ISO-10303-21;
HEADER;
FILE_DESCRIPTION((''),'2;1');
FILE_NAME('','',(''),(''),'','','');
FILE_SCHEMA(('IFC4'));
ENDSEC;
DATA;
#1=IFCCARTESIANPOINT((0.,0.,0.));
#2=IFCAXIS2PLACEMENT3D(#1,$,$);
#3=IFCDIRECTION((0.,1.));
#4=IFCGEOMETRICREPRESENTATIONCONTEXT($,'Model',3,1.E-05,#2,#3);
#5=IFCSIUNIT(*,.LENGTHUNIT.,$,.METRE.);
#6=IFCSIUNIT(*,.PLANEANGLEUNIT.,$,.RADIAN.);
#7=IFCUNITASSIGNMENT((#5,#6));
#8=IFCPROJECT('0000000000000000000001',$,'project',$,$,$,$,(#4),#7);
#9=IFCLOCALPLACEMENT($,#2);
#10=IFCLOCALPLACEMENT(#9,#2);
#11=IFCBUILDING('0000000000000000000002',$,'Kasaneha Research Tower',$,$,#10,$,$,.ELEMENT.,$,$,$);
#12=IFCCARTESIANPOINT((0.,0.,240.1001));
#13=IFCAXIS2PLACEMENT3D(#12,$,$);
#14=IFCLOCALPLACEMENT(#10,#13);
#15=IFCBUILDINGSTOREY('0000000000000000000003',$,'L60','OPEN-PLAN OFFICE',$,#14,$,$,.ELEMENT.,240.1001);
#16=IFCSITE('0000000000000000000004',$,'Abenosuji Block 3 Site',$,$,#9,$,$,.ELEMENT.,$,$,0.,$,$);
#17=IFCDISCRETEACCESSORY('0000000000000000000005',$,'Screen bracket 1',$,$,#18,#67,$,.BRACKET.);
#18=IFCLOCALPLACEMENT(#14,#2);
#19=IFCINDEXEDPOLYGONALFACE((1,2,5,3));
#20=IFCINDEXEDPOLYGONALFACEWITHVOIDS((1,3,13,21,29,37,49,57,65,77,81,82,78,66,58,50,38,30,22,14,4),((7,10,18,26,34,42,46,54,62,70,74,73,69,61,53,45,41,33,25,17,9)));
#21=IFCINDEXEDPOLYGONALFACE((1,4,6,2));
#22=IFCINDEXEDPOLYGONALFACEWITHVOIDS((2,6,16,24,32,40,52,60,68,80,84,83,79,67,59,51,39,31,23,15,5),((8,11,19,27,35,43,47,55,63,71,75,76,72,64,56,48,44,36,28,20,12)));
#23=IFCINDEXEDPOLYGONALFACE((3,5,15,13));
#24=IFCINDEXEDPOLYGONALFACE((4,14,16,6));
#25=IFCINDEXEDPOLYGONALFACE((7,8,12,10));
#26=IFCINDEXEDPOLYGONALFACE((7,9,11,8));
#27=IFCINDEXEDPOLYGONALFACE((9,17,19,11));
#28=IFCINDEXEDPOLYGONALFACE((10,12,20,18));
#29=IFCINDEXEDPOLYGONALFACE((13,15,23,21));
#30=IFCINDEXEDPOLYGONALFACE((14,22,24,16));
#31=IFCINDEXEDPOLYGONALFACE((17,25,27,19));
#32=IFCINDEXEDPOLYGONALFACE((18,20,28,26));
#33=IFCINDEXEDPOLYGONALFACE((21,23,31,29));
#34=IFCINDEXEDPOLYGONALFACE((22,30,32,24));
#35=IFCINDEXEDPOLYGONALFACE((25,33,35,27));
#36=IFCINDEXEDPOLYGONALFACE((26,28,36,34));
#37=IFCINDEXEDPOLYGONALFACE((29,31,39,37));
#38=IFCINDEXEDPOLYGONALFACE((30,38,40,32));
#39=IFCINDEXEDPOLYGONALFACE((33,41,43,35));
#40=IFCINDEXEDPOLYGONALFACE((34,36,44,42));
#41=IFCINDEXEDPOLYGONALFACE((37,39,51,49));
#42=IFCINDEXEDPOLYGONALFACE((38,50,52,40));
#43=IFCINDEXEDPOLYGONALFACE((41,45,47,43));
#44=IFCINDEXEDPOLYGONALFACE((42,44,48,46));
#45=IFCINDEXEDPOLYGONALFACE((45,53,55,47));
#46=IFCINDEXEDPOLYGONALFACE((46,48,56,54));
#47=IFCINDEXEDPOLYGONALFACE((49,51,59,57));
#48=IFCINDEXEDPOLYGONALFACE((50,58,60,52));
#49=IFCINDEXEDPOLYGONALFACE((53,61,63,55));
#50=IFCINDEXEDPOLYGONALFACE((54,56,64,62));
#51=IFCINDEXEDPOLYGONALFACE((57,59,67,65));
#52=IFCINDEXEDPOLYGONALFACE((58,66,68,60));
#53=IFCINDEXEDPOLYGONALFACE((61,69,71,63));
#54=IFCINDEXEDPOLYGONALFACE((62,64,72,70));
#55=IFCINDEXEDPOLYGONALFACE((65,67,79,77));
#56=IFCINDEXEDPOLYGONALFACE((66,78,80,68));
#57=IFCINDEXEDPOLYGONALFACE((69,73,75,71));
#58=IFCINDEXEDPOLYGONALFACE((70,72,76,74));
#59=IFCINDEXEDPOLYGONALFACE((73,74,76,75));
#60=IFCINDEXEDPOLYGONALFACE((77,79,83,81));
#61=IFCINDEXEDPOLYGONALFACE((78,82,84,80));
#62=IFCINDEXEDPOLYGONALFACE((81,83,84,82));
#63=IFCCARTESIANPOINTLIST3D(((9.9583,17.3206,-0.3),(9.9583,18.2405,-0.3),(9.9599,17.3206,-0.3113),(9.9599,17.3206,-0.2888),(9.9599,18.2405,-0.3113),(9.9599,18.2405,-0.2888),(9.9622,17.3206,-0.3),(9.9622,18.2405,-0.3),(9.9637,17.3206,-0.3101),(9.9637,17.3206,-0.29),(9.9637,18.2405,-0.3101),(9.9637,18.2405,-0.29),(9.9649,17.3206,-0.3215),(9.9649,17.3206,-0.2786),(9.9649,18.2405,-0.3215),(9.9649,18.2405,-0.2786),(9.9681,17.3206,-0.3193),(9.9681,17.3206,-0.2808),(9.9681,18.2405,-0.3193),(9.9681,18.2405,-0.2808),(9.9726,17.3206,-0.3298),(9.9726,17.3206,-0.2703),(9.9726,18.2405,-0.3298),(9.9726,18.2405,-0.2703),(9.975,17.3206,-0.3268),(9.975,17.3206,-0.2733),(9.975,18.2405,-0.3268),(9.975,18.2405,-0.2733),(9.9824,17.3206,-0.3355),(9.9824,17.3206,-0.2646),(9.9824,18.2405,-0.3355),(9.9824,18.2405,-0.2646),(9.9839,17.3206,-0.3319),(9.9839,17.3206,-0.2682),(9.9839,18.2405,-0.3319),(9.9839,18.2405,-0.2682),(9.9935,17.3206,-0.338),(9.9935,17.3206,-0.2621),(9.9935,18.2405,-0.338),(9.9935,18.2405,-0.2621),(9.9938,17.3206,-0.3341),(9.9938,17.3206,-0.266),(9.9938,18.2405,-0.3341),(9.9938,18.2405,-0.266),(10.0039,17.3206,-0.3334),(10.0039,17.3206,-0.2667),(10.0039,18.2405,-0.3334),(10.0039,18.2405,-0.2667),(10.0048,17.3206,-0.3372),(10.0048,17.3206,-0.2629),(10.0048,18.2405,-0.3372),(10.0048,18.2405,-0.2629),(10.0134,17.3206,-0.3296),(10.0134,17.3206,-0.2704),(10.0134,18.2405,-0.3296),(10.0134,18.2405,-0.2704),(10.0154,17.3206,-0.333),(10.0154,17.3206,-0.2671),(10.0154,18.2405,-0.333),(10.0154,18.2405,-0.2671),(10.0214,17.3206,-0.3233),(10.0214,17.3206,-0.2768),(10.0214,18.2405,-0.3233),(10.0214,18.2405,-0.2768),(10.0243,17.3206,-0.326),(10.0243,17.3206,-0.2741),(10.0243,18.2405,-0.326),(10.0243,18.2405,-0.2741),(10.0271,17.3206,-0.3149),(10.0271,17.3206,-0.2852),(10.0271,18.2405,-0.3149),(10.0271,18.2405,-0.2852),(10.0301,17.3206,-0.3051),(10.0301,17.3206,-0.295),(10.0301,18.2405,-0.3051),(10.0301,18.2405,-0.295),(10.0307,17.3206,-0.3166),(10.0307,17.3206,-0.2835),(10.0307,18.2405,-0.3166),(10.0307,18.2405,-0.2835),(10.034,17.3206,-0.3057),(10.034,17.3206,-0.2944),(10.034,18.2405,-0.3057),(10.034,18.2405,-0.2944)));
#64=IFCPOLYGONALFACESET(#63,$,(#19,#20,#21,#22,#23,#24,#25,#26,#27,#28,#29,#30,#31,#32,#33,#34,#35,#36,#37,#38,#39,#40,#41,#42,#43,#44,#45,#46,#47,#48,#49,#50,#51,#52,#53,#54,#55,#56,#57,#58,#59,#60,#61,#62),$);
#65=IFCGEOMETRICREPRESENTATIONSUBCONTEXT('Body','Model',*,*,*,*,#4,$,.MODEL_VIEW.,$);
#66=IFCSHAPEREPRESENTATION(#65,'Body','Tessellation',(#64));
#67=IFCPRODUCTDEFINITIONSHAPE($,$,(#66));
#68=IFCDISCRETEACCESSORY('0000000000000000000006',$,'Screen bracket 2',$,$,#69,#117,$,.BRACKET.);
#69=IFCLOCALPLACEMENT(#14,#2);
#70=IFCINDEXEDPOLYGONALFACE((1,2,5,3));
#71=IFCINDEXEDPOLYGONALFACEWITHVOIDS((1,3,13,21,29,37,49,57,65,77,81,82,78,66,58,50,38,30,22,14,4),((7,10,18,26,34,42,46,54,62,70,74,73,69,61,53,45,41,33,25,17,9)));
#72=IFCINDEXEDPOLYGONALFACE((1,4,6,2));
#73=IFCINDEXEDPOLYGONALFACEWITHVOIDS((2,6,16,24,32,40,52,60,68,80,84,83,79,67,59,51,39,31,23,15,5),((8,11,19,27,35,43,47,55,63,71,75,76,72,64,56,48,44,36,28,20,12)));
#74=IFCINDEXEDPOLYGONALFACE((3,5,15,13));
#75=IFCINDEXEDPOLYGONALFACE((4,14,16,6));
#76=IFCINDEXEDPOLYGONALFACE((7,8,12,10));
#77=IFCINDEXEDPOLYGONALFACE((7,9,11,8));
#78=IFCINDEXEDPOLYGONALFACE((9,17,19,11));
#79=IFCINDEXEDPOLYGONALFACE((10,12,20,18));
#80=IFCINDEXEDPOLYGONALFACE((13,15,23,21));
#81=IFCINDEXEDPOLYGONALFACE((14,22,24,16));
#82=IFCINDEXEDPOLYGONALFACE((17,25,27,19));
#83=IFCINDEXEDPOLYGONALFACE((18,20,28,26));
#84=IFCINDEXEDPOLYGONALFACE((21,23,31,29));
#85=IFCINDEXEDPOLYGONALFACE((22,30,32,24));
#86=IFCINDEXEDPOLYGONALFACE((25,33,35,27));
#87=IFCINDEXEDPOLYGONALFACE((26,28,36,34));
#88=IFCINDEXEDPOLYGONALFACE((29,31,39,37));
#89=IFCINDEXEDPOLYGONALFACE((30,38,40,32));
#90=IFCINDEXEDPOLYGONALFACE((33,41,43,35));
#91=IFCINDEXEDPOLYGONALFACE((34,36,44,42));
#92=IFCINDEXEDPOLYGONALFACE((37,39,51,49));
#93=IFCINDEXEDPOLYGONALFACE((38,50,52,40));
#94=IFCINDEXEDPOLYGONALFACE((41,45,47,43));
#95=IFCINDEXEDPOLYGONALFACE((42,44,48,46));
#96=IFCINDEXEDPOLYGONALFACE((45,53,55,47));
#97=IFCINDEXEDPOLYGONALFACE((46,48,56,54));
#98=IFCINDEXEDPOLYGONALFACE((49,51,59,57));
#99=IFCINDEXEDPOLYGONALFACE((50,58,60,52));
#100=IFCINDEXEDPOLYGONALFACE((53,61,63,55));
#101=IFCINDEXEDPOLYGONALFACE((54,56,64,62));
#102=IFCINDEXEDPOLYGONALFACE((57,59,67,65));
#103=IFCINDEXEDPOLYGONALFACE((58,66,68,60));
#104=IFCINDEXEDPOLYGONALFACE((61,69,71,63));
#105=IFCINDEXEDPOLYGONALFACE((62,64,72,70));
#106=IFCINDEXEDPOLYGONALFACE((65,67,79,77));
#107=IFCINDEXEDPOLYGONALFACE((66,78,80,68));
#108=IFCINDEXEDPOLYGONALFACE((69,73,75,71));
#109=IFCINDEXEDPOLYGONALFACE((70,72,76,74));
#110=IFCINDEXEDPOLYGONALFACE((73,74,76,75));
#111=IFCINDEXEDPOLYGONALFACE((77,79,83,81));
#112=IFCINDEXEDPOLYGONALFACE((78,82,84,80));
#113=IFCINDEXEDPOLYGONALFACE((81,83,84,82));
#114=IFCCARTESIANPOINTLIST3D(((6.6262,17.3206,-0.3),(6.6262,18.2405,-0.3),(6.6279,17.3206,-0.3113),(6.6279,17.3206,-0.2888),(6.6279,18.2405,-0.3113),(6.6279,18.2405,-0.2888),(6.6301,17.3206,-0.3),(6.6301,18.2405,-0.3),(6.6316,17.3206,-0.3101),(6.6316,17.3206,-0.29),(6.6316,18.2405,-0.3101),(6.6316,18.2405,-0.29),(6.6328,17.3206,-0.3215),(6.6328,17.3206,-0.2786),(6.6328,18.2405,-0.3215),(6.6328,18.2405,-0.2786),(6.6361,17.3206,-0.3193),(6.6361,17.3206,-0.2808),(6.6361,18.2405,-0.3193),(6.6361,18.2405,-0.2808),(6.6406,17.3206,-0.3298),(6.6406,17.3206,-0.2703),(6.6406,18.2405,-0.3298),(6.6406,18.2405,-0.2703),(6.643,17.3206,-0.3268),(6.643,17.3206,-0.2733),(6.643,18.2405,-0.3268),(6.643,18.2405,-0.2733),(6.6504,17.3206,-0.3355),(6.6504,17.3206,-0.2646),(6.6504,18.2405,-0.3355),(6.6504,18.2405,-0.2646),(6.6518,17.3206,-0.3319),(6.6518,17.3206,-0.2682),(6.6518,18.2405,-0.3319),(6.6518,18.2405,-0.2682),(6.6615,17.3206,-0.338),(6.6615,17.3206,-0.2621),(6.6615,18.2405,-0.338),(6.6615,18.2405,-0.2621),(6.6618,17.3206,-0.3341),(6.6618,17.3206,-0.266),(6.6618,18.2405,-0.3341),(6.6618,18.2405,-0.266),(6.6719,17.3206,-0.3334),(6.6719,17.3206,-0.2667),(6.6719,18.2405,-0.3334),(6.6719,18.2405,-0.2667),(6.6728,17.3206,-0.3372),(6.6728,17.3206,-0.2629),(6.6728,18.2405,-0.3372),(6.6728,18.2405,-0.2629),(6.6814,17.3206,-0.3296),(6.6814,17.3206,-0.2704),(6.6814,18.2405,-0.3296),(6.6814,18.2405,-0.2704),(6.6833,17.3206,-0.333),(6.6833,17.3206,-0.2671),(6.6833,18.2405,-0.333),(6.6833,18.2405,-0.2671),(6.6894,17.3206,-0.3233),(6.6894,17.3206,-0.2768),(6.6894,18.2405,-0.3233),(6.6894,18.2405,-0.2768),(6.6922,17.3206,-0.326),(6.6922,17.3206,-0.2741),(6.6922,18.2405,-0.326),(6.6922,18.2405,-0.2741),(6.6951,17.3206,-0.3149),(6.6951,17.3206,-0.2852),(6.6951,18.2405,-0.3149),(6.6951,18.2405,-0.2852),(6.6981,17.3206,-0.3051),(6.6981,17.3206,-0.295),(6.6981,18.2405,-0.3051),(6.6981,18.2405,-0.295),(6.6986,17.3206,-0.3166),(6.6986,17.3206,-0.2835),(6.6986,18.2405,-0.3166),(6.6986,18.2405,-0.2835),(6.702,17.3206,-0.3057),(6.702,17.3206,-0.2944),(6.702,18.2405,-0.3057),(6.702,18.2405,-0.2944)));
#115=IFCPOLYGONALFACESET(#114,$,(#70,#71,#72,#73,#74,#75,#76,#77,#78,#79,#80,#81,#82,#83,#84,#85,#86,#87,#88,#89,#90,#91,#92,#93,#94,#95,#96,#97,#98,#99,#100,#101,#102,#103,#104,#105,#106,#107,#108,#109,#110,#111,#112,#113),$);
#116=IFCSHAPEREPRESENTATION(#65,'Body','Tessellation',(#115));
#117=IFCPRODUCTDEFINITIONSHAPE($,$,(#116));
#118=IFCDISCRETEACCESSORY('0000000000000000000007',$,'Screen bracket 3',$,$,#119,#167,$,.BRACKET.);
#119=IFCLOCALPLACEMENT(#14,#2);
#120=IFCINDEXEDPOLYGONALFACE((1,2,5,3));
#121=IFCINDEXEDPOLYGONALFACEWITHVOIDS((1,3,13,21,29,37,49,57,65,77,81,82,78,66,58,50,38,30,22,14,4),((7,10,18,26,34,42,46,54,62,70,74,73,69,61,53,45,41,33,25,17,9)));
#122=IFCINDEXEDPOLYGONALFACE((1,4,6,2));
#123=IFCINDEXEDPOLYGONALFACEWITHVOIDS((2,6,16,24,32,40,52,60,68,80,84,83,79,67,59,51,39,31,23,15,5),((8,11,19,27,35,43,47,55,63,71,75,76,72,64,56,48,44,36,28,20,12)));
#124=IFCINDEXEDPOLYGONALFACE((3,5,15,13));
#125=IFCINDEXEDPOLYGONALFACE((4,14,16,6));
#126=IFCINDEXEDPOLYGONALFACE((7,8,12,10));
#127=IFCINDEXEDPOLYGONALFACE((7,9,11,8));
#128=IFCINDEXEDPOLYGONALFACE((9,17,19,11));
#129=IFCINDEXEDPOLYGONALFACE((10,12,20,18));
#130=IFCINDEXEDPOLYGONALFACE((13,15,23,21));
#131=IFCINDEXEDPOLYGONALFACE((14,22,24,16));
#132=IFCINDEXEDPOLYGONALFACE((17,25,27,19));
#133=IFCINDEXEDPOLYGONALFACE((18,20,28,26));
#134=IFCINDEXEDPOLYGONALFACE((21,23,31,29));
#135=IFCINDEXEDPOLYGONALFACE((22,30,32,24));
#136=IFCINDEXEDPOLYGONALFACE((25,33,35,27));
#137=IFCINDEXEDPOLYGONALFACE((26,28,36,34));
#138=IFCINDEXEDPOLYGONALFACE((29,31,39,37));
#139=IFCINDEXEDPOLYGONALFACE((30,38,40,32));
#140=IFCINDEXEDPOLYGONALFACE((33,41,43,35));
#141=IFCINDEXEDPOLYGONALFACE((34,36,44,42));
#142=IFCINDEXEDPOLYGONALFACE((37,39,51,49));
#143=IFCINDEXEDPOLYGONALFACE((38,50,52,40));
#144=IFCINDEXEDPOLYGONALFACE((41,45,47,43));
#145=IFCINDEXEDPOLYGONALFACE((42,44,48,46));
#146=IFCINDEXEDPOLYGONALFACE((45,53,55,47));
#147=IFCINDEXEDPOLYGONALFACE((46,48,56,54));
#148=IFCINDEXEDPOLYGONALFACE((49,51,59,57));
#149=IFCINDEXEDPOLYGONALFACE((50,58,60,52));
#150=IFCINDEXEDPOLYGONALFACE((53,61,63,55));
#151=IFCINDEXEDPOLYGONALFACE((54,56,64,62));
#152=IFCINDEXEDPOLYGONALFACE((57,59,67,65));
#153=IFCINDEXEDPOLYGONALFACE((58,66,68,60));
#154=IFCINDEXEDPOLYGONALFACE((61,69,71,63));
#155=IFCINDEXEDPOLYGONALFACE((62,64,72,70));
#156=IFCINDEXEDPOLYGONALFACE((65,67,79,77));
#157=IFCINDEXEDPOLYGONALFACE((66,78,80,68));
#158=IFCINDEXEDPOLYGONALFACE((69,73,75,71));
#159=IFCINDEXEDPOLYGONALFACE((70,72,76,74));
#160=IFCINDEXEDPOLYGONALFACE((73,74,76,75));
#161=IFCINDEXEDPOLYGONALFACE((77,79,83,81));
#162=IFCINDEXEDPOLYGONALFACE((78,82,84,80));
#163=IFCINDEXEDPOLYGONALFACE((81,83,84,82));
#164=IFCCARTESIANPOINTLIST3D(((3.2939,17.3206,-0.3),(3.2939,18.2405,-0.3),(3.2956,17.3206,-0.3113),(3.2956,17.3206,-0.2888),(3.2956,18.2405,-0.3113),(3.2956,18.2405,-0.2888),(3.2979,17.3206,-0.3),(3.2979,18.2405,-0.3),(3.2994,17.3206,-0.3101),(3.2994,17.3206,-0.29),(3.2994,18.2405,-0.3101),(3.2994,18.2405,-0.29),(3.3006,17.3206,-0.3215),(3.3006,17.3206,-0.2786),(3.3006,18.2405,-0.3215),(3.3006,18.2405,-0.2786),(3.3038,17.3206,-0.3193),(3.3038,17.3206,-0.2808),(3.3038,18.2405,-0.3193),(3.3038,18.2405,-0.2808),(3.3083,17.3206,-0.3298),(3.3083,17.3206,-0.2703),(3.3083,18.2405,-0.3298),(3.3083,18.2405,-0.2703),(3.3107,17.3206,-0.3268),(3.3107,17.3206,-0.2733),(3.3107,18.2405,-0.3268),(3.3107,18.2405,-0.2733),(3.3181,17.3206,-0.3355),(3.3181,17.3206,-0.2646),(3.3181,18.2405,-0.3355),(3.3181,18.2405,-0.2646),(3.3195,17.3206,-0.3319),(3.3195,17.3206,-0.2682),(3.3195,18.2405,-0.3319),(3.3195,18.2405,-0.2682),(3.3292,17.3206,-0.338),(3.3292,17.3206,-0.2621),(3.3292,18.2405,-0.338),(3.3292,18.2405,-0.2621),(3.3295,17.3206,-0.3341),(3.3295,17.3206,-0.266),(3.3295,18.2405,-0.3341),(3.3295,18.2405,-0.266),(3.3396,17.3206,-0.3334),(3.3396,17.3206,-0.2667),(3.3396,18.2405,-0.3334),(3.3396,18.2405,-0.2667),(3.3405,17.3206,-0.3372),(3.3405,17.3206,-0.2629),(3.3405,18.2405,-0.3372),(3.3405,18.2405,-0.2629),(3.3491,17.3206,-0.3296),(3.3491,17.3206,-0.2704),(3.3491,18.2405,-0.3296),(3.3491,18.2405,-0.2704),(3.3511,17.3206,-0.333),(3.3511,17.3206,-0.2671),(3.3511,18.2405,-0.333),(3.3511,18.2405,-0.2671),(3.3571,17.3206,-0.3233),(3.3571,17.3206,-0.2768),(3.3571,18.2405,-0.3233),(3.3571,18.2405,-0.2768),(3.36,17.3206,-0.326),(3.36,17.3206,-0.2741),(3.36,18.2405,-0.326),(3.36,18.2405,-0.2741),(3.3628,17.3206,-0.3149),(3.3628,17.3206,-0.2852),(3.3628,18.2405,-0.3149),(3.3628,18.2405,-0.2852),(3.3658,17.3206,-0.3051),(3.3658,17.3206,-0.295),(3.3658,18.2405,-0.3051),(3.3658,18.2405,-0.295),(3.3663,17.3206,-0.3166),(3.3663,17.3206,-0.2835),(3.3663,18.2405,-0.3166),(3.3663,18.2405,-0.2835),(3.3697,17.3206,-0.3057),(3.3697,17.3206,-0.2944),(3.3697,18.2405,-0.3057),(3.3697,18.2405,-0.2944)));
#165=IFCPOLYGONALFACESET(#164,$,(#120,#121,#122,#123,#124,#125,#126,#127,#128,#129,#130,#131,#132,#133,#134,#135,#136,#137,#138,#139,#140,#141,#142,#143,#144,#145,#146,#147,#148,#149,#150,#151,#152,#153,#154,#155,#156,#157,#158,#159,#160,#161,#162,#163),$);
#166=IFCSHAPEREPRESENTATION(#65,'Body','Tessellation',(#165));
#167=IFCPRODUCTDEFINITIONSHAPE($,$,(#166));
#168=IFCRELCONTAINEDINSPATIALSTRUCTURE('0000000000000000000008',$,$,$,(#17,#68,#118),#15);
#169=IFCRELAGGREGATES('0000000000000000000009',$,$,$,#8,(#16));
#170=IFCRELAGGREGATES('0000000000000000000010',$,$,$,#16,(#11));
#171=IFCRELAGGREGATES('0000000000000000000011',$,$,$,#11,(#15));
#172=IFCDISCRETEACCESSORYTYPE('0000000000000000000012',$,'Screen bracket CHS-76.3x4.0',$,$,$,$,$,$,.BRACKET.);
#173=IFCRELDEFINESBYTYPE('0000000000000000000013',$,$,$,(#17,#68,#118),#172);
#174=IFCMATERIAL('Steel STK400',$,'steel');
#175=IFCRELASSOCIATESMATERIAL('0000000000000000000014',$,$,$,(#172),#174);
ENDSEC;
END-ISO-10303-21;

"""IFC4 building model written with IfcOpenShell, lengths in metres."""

from ifc_helpers import new_model, si_unit, direction, frame, origin, origin_2d, place, context, subcontext, project, spatial, hollow_circle, extrude, material, material_profile, profile_set, type_object, element, save


model = new_model("IFC4")

# Units and contexts
model_context = context("Model", 3, precision=1e-05, world=origin(), true_north=direction((0.0, 1.0)))
body_context = subcontext(model_context, "Body", "Model", "MODEL_VIEW")
ifc_project = project(units=[si_unit("LENGTHUNIT", "METRE"), si_unit("PLANEANGLEUNIT", "RADIAN")], contexts=[model_context])

# Site, building, storey
site_placement = place(None, origin())
site = spatial("IfcSite", under=ifc_project, at=site_placement, Name="Abenosuji Block 3 Site", CompositionType="ELEMENT", RefElevation=0.0)
building_placement = place(site_placement, origin())
building = spatial("IfcBuilding", under=site, at=building_placement, Name="Kasaneha Research Tower", CompositionType="ELEMENT")
storey_placement = place(building_placement, frame((0.0, 0.0, 240.1001)))
storey = spatial("IfcBuildingStorey", under=building, at=storey_placement, Name="L60", Description="OPEN-PLAN OFFICE", CompositionType="ELEMENT", Elevation=240.1001)

# Discrete accessories
ifc_material_1 = material(Name="Steel STK400", Category="steel")
ifc_material_profile_1 = material_profile(ifc_material_1, hollow_circle(Radius=0.0381, WallThickness=0.0039, at=origin_2d()), Name="CHS-76.3x4.0")
ifc_profile_set_1 = profile_set([ifc_material_profile_1], Name="Steel STK400")
discrete_accessory_type = type_object("IfcDiscreteAccessoryType", Name="Screen bracket CHS-76.3x4.0", PredefinedType="BRACKET", material=ifc_profile_set_1)
for number, where, z_axis, x_axis, name in (
    (1, (9.9963, 17.3206, -0.3), (0.0, 1.0, 0.0), (-1.0, 0.0, 0.0), "Screen bracket 1"),
    (2, (6.6643, 17.3206, -0.3), (0.0, 1.0, 0.0), (-1.0, 0.0, 0.0), "Screen bracket 2"),
    (3, (3.332, 17.3206, -0.3), (0.0, 1.0, 0.0), (-1.0, 0.0, 0.0), "Screen bracket 3"),
):
    element("IfcDiscreteAccessory", number, at=place(storey_placement, frame(where, z_axis=z_axis, x_axis=x_axis)), inside=storey, type_object=discrete_accessory_type, Name=name, PredefinedType="BRACKET", context=body_context, shape_type="SweptSolid", body=[
        extrude(hollow_circle(Radius=0.0381, WallThickness=0.0039, at=origin_2d()), origin(), (0.0, 0.0, 1.0), 0.9199),
    ])

save(model, "model.ifc")
